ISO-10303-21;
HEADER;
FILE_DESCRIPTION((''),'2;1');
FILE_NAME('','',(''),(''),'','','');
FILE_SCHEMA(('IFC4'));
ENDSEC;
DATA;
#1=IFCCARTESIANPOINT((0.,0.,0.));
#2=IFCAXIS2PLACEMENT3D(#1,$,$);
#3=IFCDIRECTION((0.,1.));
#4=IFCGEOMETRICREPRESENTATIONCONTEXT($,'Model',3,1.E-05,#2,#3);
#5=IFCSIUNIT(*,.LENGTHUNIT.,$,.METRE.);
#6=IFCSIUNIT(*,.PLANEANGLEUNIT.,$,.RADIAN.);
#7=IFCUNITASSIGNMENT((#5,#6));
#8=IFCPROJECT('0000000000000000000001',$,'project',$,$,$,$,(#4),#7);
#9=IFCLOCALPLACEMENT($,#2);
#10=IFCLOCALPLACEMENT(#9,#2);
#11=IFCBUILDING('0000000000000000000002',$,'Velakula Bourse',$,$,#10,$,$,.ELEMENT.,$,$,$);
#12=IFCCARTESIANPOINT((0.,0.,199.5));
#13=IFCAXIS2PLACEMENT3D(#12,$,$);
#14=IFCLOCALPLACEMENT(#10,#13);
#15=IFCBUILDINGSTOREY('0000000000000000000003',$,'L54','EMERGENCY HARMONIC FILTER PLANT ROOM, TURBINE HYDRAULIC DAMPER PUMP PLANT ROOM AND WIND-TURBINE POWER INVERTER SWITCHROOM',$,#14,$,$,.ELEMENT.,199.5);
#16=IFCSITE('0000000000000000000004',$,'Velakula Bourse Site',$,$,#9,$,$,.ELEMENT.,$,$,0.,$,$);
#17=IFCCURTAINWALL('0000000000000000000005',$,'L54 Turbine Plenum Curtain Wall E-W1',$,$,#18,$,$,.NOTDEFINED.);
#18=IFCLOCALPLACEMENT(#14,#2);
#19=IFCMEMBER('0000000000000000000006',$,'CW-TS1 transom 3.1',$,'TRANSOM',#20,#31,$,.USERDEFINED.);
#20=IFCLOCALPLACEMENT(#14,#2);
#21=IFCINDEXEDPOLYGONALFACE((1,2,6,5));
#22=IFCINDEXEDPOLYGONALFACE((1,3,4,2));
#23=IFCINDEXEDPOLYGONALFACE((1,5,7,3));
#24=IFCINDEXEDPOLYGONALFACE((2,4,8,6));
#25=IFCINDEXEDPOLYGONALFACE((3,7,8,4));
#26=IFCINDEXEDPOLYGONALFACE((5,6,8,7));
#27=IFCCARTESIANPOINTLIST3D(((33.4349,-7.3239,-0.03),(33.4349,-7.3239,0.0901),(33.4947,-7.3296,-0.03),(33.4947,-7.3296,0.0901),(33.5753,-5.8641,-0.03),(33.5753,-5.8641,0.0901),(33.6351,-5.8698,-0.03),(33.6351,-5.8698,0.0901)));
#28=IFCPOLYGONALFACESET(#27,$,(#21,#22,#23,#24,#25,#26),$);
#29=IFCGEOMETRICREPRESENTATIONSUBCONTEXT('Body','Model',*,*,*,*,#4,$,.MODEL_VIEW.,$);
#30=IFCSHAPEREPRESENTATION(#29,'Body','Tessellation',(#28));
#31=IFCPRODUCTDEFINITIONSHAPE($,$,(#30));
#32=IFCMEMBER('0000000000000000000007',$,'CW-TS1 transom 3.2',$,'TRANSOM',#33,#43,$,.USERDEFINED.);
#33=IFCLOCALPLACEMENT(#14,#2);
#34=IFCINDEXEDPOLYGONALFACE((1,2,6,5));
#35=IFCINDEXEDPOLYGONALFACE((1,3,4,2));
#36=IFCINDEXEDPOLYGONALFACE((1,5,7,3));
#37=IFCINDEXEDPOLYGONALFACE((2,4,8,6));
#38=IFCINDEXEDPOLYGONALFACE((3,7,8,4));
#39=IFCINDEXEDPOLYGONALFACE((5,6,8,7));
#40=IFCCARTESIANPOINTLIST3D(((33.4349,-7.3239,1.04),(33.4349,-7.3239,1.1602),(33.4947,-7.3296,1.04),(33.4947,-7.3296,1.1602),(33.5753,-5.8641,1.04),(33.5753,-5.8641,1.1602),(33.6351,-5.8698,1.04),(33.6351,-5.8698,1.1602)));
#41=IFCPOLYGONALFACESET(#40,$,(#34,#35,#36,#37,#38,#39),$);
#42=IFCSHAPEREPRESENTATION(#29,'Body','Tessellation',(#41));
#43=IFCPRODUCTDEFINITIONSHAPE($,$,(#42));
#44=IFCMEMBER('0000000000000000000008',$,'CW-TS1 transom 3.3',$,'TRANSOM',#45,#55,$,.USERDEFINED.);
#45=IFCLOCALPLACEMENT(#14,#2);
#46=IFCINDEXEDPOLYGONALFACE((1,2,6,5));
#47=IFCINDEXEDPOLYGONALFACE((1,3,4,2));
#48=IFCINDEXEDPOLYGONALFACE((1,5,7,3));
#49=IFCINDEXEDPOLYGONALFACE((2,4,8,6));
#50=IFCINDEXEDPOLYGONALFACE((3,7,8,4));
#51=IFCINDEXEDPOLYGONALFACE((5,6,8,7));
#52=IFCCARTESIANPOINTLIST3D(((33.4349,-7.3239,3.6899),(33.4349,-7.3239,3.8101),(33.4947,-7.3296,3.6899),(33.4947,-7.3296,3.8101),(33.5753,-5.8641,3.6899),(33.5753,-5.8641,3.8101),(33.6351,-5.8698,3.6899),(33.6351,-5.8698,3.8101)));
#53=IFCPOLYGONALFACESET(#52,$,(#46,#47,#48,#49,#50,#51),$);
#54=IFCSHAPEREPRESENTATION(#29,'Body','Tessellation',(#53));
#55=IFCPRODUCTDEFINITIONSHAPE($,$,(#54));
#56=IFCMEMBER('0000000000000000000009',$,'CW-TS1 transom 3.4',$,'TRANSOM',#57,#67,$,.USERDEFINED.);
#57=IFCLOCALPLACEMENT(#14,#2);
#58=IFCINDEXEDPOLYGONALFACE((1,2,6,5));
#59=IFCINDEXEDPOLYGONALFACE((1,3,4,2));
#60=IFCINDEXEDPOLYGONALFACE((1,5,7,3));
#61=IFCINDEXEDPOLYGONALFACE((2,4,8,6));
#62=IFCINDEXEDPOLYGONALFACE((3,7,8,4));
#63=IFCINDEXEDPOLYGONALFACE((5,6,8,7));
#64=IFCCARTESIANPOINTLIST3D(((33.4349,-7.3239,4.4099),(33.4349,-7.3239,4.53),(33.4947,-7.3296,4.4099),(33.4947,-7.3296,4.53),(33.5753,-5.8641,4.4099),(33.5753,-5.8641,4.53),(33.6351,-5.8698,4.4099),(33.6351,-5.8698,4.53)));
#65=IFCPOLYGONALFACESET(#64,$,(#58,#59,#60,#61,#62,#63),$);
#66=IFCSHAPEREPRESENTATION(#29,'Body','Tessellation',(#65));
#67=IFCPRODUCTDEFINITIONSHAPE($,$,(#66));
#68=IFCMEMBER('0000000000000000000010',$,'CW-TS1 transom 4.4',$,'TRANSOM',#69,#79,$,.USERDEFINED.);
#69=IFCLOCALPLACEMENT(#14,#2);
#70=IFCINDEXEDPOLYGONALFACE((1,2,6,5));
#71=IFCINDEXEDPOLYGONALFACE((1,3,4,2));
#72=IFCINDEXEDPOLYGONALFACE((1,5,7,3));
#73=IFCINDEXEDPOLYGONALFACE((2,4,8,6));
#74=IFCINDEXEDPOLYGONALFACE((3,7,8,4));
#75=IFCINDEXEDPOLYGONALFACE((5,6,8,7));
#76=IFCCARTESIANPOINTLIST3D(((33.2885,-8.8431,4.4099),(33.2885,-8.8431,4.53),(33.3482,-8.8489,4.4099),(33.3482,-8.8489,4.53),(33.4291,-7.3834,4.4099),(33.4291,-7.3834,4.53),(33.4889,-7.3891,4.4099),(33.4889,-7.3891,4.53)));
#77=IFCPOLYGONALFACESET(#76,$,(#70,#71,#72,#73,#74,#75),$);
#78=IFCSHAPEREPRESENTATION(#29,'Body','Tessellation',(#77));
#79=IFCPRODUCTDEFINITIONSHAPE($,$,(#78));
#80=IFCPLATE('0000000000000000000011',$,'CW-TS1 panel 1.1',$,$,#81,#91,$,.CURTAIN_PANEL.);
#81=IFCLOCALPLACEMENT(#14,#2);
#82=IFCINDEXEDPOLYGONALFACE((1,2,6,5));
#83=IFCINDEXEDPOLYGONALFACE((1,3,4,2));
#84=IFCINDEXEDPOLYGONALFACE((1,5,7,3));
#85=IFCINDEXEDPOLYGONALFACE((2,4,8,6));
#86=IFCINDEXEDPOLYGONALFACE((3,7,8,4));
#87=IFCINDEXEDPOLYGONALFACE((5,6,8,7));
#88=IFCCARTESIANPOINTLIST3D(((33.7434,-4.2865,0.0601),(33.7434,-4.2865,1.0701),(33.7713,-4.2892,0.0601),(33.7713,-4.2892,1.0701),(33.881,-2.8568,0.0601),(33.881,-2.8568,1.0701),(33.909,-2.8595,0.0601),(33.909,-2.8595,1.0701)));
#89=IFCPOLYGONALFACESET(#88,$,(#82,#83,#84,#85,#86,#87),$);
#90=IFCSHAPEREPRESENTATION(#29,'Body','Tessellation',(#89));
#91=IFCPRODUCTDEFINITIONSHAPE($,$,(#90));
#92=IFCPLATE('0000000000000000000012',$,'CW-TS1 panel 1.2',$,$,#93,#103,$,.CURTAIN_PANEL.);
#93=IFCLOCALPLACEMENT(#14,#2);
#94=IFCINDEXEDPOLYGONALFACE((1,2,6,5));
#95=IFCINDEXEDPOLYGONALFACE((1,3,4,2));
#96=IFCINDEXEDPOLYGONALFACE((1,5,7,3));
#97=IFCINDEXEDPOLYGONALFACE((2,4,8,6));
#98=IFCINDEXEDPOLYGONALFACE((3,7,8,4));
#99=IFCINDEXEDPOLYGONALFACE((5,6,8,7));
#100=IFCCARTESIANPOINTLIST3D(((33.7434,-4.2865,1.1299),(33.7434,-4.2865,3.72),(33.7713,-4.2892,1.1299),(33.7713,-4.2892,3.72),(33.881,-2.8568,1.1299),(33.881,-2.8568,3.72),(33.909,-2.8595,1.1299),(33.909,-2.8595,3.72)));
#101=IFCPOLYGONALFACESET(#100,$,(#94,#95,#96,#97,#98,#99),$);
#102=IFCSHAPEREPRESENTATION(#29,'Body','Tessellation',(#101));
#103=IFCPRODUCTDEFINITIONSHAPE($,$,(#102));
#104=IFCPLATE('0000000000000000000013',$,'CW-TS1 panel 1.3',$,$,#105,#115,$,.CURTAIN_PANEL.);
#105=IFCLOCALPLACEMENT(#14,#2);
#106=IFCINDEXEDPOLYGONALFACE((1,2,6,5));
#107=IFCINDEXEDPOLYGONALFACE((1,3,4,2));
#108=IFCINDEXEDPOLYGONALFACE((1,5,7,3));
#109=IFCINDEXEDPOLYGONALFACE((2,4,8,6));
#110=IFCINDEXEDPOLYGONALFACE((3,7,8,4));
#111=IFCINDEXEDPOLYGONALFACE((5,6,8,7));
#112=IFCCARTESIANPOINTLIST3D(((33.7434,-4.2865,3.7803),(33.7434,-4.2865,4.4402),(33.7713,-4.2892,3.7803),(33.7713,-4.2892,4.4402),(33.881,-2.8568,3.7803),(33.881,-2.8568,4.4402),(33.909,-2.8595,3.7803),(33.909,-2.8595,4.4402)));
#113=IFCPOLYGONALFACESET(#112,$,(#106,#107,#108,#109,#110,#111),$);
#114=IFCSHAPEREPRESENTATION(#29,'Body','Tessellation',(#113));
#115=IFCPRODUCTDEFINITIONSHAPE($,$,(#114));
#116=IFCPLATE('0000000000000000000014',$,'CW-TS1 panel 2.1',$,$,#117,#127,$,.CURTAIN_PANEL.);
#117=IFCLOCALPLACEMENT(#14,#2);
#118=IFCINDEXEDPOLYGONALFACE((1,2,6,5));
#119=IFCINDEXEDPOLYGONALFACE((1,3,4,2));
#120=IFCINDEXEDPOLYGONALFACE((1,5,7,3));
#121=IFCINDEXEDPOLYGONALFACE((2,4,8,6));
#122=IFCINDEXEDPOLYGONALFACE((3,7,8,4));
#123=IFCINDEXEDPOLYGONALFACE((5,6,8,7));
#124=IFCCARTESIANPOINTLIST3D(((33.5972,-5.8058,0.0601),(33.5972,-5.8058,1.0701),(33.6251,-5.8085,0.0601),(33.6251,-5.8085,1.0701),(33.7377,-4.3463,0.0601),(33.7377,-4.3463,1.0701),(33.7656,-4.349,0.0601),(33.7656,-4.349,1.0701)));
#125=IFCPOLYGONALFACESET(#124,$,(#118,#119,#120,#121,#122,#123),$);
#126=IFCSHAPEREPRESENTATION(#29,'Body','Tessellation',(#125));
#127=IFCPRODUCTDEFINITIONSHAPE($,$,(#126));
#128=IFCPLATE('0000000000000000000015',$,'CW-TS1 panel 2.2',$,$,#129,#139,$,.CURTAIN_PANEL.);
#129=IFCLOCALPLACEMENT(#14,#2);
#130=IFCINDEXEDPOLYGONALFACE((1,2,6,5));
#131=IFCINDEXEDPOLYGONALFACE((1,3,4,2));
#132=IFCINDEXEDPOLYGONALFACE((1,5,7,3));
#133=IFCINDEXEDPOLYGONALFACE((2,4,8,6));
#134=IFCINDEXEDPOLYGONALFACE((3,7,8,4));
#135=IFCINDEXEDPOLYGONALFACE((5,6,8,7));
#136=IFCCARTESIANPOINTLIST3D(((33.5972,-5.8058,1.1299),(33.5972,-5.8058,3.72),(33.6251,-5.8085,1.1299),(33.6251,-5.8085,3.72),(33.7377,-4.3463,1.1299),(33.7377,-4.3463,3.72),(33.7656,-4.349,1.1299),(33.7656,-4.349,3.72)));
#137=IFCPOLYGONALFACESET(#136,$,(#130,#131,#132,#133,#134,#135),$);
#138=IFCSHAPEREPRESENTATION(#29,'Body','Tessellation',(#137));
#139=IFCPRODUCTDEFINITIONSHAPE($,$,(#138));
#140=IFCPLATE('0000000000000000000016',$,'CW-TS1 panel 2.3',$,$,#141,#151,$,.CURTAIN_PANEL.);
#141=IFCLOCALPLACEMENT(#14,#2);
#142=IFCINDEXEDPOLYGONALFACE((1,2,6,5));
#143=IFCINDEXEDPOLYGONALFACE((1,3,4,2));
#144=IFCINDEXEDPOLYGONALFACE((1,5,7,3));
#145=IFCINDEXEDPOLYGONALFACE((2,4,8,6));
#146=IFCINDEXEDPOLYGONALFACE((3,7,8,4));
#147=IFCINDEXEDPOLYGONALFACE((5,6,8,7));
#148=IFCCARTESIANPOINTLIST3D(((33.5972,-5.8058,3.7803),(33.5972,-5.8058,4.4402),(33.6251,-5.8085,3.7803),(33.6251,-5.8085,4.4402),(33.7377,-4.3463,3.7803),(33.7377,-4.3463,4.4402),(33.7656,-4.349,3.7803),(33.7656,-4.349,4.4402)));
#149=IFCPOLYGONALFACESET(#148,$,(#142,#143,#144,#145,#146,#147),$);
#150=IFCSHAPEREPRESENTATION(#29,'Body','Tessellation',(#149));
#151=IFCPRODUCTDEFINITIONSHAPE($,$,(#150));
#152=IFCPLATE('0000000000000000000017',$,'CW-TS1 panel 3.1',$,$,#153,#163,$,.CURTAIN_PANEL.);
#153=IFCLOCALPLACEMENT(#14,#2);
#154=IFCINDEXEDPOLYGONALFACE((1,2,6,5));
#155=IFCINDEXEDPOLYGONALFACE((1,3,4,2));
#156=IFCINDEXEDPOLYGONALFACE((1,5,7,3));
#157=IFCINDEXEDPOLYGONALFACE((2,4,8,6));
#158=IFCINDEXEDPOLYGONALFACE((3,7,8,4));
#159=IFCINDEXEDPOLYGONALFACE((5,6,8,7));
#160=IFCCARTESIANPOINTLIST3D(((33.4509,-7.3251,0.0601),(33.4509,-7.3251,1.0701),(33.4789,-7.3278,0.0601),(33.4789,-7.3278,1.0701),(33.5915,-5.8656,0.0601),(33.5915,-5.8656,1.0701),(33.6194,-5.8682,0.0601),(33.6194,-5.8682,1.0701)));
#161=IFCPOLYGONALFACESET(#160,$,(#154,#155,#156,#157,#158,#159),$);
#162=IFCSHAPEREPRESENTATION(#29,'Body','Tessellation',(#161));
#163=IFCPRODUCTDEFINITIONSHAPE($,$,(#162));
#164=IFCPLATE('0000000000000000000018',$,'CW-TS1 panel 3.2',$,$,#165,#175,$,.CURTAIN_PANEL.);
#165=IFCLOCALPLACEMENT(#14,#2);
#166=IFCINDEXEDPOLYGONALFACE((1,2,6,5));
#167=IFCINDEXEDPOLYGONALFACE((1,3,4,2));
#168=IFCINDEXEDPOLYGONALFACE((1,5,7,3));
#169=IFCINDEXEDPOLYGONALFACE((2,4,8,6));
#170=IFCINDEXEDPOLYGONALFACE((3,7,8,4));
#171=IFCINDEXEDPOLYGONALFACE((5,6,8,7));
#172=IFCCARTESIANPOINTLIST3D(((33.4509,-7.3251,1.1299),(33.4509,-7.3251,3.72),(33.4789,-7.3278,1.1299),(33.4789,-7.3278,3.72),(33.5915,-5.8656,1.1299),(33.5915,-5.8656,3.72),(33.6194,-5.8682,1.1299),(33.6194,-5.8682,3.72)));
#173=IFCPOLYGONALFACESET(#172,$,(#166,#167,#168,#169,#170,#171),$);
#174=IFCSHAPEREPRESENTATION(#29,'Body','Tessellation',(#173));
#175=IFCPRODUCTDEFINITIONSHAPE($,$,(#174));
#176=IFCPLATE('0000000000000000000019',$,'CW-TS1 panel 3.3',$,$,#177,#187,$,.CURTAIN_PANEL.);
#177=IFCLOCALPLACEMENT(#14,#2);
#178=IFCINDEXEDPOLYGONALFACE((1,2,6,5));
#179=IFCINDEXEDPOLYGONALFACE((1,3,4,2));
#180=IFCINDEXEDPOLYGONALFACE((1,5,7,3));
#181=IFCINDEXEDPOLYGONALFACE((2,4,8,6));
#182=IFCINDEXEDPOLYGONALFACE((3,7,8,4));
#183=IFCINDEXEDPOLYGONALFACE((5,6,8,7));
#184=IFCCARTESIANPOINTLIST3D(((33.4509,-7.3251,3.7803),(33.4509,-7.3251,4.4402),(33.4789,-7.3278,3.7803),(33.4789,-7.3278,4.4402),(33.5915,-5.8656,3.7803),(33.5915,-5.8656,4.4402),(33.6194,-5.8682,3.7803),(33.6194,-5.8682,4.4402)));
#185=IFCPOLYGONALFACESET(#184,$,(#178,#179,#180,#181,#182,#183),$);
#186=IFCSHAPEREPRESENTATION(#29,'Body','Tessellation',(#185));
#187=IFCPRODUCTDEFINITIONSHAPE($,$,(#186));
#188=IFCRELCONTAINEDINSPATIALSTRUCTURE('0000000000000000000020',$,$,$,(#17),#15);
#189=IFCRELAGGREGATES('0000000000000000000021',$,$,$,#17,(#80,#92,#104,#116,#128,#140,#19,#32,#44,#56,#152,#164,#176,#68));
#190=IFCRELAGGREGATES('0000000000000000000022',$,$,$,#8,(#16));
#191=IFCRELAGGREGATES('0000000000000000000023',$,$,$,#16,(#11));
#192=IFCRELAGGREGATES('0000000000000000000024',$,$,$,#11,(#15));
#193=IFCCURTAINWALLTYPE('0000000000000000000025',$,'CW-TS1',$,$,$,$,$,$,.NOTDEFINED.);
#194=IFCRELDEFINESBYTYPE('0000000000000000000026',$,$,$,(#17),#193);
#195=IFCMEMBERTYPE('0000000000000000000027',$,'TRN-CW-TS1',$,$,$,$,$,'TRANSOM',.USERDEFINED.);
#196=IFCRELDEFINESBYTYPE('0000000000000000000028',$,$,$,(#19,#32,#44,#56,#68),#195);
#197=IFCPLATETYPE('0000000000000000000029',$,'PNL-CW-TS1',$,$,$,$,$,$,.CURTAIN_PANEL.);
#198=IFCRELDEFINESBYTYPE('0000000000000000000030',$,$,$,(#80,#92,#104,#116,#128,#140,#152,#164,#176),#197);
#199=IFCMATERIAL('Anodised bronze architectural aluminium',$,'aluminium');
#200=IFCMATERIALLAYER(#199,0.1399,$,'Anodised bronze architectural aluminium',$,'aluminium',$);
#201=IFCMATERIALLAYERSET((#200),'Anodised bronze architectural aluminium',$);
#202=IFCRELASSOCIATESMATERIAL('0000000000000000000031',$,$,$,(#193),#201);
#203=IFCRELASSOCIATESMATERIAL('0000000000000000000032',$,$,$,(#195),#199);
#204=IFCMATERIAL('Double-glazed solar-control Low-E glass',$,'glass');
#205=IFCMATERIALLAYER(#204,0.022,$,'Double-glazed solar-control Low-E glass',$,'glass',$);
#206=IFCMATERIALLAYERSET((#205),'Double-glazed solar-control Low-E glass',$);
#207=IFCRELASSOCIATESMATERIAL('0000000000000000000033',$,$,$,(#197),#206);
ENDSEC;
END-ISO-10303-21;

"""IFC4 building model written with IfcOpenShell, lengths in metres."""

from ifc_helpers import new_model, si_unit, direction, frame, origin, origin_2d, place, context, subcontext, project, spatial, rectangle, extrude, material, layer, layer_set, material_profile, profile_set, type_object, element, aggregate, save


model = new_model("IFC4")

# Units and contexts
model_context = context("Model", 3, precision=1e-05, world=origin(), true_north=direction((0.0, 1.0)))
body_context = subcontext(model_context, "Body", "Model", "MODEL_VIEW")
ifc_project = project(units=[si_unit("LENGTHUNIT", "METRE"), si_unit("PLANEANGLEUNIT", "RADIAN")], contexts=[model_context])

# Site, building, storey
site_placement = place(None, origin())
site = spatial("IfcSite", under=ifc_project, at=site_placement, Name="Velakula Bourse Site", CompositionType="ELEMENT", RefElevation=0.0)
building_placement = place(site_placement, origin())
building = spatial("IfcBuilding", under=site, at=building_placement, Name="Velakula Bourse", CompositionType="ELEMENT")
storey_placement = place(building_placement, frame((0.0, 0.0, 199.5)))
storey = spatial("IfcBuildingStorey", under=building, at=storey_placement, Name="L54", Description="EMERGENCY HARMONIC FILTER PLANT ROOM, TURBINE HYDRAULIC DAMPER PUMP PLANT ROOM AND WIND-TURBINE POWER INVERTER SWITCHROOM", CompositionType="ELEMENT", Elevation=199.5)

# Curtain wall, members, plates
ifc_material_1 = material(Name="Anodised bronze architectural aluminium", Category="aluminium")
ifc_layer_1 = layer(ifc_material_1, 0.1399, Name="Anodised bronze architectural aluminium", Category="aluminium")
ifc_layer_set_1 = layer_set([ifc_layer_1], Name="Anodised bronze architectural aluminium")
curtain_wall_type = type_object("IfcCurtainWallType", Name="CW-TS1", PredefinedType="NOTDEFINED", material=ifc_layer_set_1)
curtain_wall_placement = place(storey_placement, origin())
curtain_wall = element("IfcCurtainWall", 1, at=curtain_wall_placement, inside=storey, type_object=curtain_wall_type, Name="L54 Turbine Plenum Curtain Wall E-W1", PredefinedType="NOTDEFINED")
ifc_material_profile_1 = material_profile(ifc_material_1, rectangle(XDim=0.0601, YDim=0.1201, at=origin_2d()), Name="Anodised bronze architectural aluminium")
ifc_profile_set_1 = profile_set([ifc_material_profile_1], Name="Anodised bronze architectural aluminium")
member_type_1 = type_object("IfcMemberType", Name="TRN-CW-TS1", ElementType="TRANSOM", PredefinedType="USERDEFINED", material=ifc_profile_set_1)
member_1_placement = place(storey_placement, frame((33.6052, -5.8669, 0.03), z_axis=(-0.095728, -0.995408, 0.0), x_axis=(0.995408, -0.095728, 0.0)))
member_1 = element("IfcMember", 2, at=member_1_placement, type_object=member_type_1, Name="CW-TS1 transom 3.1", ObjectType="TRANSOM", PredefinedType="USERDEFINED", context=body_context, shape_type="SweptSolid", body=[
    extrude(rectangle(XDim=0.0601, YDim=0.1201, at=origin_2d()), origin(), (0.0, 0.0, 1.0), 1.4666),
])
member_2_placement = place(storey_placement, frame((33.6052, -5.8669, 1.1001), z_axis=(-0.095728, -0.995408, 0.0), x_axis=(0.995408, -0.095728, 0.0)))
member_2 = element("IfcMember", 3, at=member_2_placement, type_object=member_type_1, Name="CW-TS1 transom 3.2", ObjectType="TRANSOM", PredefinedType="USERDEFINED", context=body_context, shape_type="SweptSolid", body=[
    extrude(rectangle(XDim=0.0601, YDim=0.1201, at=origin_2d()), origin(), (0.0, 0.0, 1.0), 1.4666),
])
member_3_placement = place(storey_placement, frame((33.6052, -5.8669, 3.75), z_axis=(-0.095728, -0.995408, 0.0), x_axis=(0.995408, -0.095728, 0.0)))
member_3 = element("IfcMember", 4, at=member_3_placement, type_object=member_type_1, Name="CW-TS1 transom 3.3", ObjectType="TRANSOM", PredefinedType="USERDEFINED", context=body_context, shape_type="SweptSolid", body=[
    extrude(rectangle(XDim=0.0601, YDim=0.1201, at=origin_2d()), origin(), (0.0, 0.0, 1.0), 1.4666),
])
member_4_placement = place(storey_placement, frame((33.6052, -5.8669, 4.47), z_axis=(-0.095728, -0.995408, 0.0), x_axis=(0.995408, -0.095728, 0.0)))
member_4 = element("IfcMember", 5, at=member_4_placement, type_object=member_type_1, Name="CW-TS1 transom 3.4", ObjectType="TRANSOM", PredefinedType="USERDEFINED", context=body_context, shape_type="SweptSolid", body=[
    extrude(rectangle(XDim=0.0601, YDim=0.1201, at=origin_2d()), origin(), (0.0, 0.0, 1.0), 1.4666),
])
member_5_placement = place(storey_placement, frame((33.459, -7.3862, 4.47), z_axis=(-0.095893, -0.995392, 0.0), x_axis=(0.995392, -0.095893, 0.0)))
member_5 = element("IfcMember", 6, at=member_5_placement, type_object=member_type_1, Name="CW-TS1 transom 4.4", ObjectType="TRANSOM", PredefinedType="USERDEFINED", context=body_context, shape_type="SweptSolid", body=[
    extrude(rectangle(XDim=0.0601, YDim=0.1201, at=origin_2d()), origin(), (0.0, 0.0, 1.0), 1.4666),
])
ifc_material_2 = material(Name="Double-glazed solar-control Low-E glass", Category="glass")
ifc_layer_2 = layer(ifc_material_2, 0.022, Name="Double-glazed solar-control Low-E glass", Category="glass")
ifc_layer_set_2 = layer_set([ifc_layer_2], Name="Double-glazed solar-control Low-E glass")
plate_type = type_object("IfcPlateType", Name="PNL-CW-TS1", PredefinedType="CURTAIN_PANEL", material=ifc_layer_set_2)
plate_1_placement = place(storey_placement, frame((33.8262, -3.573, 0.0601), z_axis=(0.0, 0.0, 1.0), x_axis=(-0.095849, -0.995396, 0.0)))
plate_1 = element("IfcPlate", 7, at=plate_1_placement, type_object=plate_type, Name="CW-TS1 panel 1.1", PredefinedType="CURTAIN_PANEL", context=body_context, shape_type="SweptSolid", body=[
    extrude(rectangle(XDim=1.4363, YDim=0.0281, at=origin_2d()), origin(), (0.0, 0.0, 1.0), 1.01),
])
plate_2_placement = place(storey_placement, frame((33.8262, -3.573, 1.1299), z_axis=(0.0, 0.0, 1.0), x_axis=(-0.095849, -0.995396, 0.0)))
plate_2 = element("IfcPlate", 8, at=plate_2_placement, type_object=plate_type, Name="CW-TS1 panel 1.2", PredefinedType="CURTAIN_PANEL", context=body_context, shape_type="SweptSolid", body=[
    extrude(rectangle(XDim=1.4363, YDim=0.0281, at=origin_2d()), origin(), (0.0, 0.0, 1.0), 2.5901),
])
plate_3_placement = place(storey_placement, frame((33.8262, -3.573, 3.7803), z_axis=(0.0, 0.0, 1.0), x_axis=(-0.095849, -0.995396, 0.0)))
plate_3 = element("IfcPlate", 9, at=plate_3_placement, type_object=plate_type, Name="CW-TS1 panel 1.3", PredefinedType="CURTAIN_PANEL", context=body_context, shape_type="SweptSolid", body=[
    extrude(rectangle(XDim=1.4363, YDim=0.0281, at=origin_2d()), origin(), (0.0, 0.0, 1.0), 0.6599),
])
plate_4_placement = place(storey_placement, frame((33.6814, -5.0774, 0.0601), z_axis=(0.0, 0.0, 1.0), x_axis=(-0.095849, -0.995396, 0.0)))
plate_4 = element("IfcPlate", 10, at=plate_4_placement, type_object=plate_type, Name="CW-TS1 panel 2.1", PredefinedType="CURTAIN_PANEL", context=body_context, shape_type="SweptSolid", body=[
    extrude(rectangle(XDim=1.4663, YDim=0.0281, at=origin_2d()), origin(), (0.0, 0.0, 1.0), 1.01),
])
plate_5_placement = place(storey_placement, frame((33.6814, -5.0774, 1.1299), z_axis=(0.0, 0.0, 1.0), x_axis=(-0.095849, -0.995396, 0.0)))
plate_5 = element("IfcPlate", 11, at=plate_5_placement, type_object=plate_type, Name="CW-TS1 panel 2.2", PredefinedType="CURTAIN_PANEL", context=body_context, shape_type="SweptSolid", body=[
    extrude(rectangle(XDim=1.4663, YDim=0.0281, at=origin_2d()), origin(), (0.0, 0.0, 1.0), 2.5901),
])
plate_6_placement = place(storey_placement, frame((33.6814, -5.0774, 3.7803), z_axis=(0.0, 0.0, 1.0), x_axis=(-0.095849, -0.995396, 0.0)))
plate_6 = element("IfcPlate", 12, at=plate_6_placement, type_object=plate_type, Name="CW-TS1 panel 2.3", PredefinedType="CURTAIN_PANEL", context=body_context, shape_type="SweptSolid", body=[
    extrude(rectangle(XDim=1.4663, YDim=0.0281, at=origin_2d()), origin(), (0.0, 0.0, 1.0), 0.6599),
])
plate_7_placement = place(storey_placement, frame((33.5352, -6.5967, 0.0601), z_axis=(0.0, 0.0, 1.0), x_axis=(-0.095849, -0.995396, 0.0)))
plate_7 = element("IfcPlate", 13, at=plate_7_placement, type_object=plate_type, Name="CW-TS1 panel 3.1", PredefinedType="CURTAIN_PANEL", context=body_context, shape_type="SweptSolid", body=[
    extrude(rectangle(XDim=1.4663, YDim=0.0281, at=origin_2d()), origin(), (0.0, 0.0, 1.0), 1.01),
])
plate_8_placement = place(storey_placement, frame((33.5352, -6.5967, 1.1299), z_axis=(0.0, 0.0, 1.0), x_axis=(-0.095849, -0.995396, 0.0)))
plate_8 = element("IfcPlate", 14, at=plate_8_placement, type_object=plate_type, Name="CW-TS1 panel 3.2", PredefinedType="CURTAIN_PANEL", context=body_context, shape_type="SweptSolid", body=[
    extrude(rectangle(XDim=1.4663, YDim=0.0281, at=origin_2d()), origin(), (0.0, 0.0, 1.0), 2.5901),
])
plate_9_placement = place(storey_placement, frame((33.5352, -6.5967, 3.7803), z_axis=(0.0, 0.0, 1.0), x_axis=(-0.095849, -0.995396, 0.0)))
plate_9 = element("IfcPlate", 15, at=plate_9_placement, type_object=plate_type, Name="CW-TS1 panel 3.3", PredefinedType="CURTAIN_PANEL", context=body_context, shape_type="SweptSolid", body=[
    extrude(rectangle(XDim=1.4663, YDim=0.0281, at=origin_2d()), origin(), (0.0, 0.0, 1.0), 0.6599),
])
aggregate(curtain_wall, [plate_1, plate_2, plate_3, plate_4, plate_5, plate_6, member_1, member_2, member_3, member_4, plate_7, plate_8, plate_9, member_5])

save(model, "model.ifc")
